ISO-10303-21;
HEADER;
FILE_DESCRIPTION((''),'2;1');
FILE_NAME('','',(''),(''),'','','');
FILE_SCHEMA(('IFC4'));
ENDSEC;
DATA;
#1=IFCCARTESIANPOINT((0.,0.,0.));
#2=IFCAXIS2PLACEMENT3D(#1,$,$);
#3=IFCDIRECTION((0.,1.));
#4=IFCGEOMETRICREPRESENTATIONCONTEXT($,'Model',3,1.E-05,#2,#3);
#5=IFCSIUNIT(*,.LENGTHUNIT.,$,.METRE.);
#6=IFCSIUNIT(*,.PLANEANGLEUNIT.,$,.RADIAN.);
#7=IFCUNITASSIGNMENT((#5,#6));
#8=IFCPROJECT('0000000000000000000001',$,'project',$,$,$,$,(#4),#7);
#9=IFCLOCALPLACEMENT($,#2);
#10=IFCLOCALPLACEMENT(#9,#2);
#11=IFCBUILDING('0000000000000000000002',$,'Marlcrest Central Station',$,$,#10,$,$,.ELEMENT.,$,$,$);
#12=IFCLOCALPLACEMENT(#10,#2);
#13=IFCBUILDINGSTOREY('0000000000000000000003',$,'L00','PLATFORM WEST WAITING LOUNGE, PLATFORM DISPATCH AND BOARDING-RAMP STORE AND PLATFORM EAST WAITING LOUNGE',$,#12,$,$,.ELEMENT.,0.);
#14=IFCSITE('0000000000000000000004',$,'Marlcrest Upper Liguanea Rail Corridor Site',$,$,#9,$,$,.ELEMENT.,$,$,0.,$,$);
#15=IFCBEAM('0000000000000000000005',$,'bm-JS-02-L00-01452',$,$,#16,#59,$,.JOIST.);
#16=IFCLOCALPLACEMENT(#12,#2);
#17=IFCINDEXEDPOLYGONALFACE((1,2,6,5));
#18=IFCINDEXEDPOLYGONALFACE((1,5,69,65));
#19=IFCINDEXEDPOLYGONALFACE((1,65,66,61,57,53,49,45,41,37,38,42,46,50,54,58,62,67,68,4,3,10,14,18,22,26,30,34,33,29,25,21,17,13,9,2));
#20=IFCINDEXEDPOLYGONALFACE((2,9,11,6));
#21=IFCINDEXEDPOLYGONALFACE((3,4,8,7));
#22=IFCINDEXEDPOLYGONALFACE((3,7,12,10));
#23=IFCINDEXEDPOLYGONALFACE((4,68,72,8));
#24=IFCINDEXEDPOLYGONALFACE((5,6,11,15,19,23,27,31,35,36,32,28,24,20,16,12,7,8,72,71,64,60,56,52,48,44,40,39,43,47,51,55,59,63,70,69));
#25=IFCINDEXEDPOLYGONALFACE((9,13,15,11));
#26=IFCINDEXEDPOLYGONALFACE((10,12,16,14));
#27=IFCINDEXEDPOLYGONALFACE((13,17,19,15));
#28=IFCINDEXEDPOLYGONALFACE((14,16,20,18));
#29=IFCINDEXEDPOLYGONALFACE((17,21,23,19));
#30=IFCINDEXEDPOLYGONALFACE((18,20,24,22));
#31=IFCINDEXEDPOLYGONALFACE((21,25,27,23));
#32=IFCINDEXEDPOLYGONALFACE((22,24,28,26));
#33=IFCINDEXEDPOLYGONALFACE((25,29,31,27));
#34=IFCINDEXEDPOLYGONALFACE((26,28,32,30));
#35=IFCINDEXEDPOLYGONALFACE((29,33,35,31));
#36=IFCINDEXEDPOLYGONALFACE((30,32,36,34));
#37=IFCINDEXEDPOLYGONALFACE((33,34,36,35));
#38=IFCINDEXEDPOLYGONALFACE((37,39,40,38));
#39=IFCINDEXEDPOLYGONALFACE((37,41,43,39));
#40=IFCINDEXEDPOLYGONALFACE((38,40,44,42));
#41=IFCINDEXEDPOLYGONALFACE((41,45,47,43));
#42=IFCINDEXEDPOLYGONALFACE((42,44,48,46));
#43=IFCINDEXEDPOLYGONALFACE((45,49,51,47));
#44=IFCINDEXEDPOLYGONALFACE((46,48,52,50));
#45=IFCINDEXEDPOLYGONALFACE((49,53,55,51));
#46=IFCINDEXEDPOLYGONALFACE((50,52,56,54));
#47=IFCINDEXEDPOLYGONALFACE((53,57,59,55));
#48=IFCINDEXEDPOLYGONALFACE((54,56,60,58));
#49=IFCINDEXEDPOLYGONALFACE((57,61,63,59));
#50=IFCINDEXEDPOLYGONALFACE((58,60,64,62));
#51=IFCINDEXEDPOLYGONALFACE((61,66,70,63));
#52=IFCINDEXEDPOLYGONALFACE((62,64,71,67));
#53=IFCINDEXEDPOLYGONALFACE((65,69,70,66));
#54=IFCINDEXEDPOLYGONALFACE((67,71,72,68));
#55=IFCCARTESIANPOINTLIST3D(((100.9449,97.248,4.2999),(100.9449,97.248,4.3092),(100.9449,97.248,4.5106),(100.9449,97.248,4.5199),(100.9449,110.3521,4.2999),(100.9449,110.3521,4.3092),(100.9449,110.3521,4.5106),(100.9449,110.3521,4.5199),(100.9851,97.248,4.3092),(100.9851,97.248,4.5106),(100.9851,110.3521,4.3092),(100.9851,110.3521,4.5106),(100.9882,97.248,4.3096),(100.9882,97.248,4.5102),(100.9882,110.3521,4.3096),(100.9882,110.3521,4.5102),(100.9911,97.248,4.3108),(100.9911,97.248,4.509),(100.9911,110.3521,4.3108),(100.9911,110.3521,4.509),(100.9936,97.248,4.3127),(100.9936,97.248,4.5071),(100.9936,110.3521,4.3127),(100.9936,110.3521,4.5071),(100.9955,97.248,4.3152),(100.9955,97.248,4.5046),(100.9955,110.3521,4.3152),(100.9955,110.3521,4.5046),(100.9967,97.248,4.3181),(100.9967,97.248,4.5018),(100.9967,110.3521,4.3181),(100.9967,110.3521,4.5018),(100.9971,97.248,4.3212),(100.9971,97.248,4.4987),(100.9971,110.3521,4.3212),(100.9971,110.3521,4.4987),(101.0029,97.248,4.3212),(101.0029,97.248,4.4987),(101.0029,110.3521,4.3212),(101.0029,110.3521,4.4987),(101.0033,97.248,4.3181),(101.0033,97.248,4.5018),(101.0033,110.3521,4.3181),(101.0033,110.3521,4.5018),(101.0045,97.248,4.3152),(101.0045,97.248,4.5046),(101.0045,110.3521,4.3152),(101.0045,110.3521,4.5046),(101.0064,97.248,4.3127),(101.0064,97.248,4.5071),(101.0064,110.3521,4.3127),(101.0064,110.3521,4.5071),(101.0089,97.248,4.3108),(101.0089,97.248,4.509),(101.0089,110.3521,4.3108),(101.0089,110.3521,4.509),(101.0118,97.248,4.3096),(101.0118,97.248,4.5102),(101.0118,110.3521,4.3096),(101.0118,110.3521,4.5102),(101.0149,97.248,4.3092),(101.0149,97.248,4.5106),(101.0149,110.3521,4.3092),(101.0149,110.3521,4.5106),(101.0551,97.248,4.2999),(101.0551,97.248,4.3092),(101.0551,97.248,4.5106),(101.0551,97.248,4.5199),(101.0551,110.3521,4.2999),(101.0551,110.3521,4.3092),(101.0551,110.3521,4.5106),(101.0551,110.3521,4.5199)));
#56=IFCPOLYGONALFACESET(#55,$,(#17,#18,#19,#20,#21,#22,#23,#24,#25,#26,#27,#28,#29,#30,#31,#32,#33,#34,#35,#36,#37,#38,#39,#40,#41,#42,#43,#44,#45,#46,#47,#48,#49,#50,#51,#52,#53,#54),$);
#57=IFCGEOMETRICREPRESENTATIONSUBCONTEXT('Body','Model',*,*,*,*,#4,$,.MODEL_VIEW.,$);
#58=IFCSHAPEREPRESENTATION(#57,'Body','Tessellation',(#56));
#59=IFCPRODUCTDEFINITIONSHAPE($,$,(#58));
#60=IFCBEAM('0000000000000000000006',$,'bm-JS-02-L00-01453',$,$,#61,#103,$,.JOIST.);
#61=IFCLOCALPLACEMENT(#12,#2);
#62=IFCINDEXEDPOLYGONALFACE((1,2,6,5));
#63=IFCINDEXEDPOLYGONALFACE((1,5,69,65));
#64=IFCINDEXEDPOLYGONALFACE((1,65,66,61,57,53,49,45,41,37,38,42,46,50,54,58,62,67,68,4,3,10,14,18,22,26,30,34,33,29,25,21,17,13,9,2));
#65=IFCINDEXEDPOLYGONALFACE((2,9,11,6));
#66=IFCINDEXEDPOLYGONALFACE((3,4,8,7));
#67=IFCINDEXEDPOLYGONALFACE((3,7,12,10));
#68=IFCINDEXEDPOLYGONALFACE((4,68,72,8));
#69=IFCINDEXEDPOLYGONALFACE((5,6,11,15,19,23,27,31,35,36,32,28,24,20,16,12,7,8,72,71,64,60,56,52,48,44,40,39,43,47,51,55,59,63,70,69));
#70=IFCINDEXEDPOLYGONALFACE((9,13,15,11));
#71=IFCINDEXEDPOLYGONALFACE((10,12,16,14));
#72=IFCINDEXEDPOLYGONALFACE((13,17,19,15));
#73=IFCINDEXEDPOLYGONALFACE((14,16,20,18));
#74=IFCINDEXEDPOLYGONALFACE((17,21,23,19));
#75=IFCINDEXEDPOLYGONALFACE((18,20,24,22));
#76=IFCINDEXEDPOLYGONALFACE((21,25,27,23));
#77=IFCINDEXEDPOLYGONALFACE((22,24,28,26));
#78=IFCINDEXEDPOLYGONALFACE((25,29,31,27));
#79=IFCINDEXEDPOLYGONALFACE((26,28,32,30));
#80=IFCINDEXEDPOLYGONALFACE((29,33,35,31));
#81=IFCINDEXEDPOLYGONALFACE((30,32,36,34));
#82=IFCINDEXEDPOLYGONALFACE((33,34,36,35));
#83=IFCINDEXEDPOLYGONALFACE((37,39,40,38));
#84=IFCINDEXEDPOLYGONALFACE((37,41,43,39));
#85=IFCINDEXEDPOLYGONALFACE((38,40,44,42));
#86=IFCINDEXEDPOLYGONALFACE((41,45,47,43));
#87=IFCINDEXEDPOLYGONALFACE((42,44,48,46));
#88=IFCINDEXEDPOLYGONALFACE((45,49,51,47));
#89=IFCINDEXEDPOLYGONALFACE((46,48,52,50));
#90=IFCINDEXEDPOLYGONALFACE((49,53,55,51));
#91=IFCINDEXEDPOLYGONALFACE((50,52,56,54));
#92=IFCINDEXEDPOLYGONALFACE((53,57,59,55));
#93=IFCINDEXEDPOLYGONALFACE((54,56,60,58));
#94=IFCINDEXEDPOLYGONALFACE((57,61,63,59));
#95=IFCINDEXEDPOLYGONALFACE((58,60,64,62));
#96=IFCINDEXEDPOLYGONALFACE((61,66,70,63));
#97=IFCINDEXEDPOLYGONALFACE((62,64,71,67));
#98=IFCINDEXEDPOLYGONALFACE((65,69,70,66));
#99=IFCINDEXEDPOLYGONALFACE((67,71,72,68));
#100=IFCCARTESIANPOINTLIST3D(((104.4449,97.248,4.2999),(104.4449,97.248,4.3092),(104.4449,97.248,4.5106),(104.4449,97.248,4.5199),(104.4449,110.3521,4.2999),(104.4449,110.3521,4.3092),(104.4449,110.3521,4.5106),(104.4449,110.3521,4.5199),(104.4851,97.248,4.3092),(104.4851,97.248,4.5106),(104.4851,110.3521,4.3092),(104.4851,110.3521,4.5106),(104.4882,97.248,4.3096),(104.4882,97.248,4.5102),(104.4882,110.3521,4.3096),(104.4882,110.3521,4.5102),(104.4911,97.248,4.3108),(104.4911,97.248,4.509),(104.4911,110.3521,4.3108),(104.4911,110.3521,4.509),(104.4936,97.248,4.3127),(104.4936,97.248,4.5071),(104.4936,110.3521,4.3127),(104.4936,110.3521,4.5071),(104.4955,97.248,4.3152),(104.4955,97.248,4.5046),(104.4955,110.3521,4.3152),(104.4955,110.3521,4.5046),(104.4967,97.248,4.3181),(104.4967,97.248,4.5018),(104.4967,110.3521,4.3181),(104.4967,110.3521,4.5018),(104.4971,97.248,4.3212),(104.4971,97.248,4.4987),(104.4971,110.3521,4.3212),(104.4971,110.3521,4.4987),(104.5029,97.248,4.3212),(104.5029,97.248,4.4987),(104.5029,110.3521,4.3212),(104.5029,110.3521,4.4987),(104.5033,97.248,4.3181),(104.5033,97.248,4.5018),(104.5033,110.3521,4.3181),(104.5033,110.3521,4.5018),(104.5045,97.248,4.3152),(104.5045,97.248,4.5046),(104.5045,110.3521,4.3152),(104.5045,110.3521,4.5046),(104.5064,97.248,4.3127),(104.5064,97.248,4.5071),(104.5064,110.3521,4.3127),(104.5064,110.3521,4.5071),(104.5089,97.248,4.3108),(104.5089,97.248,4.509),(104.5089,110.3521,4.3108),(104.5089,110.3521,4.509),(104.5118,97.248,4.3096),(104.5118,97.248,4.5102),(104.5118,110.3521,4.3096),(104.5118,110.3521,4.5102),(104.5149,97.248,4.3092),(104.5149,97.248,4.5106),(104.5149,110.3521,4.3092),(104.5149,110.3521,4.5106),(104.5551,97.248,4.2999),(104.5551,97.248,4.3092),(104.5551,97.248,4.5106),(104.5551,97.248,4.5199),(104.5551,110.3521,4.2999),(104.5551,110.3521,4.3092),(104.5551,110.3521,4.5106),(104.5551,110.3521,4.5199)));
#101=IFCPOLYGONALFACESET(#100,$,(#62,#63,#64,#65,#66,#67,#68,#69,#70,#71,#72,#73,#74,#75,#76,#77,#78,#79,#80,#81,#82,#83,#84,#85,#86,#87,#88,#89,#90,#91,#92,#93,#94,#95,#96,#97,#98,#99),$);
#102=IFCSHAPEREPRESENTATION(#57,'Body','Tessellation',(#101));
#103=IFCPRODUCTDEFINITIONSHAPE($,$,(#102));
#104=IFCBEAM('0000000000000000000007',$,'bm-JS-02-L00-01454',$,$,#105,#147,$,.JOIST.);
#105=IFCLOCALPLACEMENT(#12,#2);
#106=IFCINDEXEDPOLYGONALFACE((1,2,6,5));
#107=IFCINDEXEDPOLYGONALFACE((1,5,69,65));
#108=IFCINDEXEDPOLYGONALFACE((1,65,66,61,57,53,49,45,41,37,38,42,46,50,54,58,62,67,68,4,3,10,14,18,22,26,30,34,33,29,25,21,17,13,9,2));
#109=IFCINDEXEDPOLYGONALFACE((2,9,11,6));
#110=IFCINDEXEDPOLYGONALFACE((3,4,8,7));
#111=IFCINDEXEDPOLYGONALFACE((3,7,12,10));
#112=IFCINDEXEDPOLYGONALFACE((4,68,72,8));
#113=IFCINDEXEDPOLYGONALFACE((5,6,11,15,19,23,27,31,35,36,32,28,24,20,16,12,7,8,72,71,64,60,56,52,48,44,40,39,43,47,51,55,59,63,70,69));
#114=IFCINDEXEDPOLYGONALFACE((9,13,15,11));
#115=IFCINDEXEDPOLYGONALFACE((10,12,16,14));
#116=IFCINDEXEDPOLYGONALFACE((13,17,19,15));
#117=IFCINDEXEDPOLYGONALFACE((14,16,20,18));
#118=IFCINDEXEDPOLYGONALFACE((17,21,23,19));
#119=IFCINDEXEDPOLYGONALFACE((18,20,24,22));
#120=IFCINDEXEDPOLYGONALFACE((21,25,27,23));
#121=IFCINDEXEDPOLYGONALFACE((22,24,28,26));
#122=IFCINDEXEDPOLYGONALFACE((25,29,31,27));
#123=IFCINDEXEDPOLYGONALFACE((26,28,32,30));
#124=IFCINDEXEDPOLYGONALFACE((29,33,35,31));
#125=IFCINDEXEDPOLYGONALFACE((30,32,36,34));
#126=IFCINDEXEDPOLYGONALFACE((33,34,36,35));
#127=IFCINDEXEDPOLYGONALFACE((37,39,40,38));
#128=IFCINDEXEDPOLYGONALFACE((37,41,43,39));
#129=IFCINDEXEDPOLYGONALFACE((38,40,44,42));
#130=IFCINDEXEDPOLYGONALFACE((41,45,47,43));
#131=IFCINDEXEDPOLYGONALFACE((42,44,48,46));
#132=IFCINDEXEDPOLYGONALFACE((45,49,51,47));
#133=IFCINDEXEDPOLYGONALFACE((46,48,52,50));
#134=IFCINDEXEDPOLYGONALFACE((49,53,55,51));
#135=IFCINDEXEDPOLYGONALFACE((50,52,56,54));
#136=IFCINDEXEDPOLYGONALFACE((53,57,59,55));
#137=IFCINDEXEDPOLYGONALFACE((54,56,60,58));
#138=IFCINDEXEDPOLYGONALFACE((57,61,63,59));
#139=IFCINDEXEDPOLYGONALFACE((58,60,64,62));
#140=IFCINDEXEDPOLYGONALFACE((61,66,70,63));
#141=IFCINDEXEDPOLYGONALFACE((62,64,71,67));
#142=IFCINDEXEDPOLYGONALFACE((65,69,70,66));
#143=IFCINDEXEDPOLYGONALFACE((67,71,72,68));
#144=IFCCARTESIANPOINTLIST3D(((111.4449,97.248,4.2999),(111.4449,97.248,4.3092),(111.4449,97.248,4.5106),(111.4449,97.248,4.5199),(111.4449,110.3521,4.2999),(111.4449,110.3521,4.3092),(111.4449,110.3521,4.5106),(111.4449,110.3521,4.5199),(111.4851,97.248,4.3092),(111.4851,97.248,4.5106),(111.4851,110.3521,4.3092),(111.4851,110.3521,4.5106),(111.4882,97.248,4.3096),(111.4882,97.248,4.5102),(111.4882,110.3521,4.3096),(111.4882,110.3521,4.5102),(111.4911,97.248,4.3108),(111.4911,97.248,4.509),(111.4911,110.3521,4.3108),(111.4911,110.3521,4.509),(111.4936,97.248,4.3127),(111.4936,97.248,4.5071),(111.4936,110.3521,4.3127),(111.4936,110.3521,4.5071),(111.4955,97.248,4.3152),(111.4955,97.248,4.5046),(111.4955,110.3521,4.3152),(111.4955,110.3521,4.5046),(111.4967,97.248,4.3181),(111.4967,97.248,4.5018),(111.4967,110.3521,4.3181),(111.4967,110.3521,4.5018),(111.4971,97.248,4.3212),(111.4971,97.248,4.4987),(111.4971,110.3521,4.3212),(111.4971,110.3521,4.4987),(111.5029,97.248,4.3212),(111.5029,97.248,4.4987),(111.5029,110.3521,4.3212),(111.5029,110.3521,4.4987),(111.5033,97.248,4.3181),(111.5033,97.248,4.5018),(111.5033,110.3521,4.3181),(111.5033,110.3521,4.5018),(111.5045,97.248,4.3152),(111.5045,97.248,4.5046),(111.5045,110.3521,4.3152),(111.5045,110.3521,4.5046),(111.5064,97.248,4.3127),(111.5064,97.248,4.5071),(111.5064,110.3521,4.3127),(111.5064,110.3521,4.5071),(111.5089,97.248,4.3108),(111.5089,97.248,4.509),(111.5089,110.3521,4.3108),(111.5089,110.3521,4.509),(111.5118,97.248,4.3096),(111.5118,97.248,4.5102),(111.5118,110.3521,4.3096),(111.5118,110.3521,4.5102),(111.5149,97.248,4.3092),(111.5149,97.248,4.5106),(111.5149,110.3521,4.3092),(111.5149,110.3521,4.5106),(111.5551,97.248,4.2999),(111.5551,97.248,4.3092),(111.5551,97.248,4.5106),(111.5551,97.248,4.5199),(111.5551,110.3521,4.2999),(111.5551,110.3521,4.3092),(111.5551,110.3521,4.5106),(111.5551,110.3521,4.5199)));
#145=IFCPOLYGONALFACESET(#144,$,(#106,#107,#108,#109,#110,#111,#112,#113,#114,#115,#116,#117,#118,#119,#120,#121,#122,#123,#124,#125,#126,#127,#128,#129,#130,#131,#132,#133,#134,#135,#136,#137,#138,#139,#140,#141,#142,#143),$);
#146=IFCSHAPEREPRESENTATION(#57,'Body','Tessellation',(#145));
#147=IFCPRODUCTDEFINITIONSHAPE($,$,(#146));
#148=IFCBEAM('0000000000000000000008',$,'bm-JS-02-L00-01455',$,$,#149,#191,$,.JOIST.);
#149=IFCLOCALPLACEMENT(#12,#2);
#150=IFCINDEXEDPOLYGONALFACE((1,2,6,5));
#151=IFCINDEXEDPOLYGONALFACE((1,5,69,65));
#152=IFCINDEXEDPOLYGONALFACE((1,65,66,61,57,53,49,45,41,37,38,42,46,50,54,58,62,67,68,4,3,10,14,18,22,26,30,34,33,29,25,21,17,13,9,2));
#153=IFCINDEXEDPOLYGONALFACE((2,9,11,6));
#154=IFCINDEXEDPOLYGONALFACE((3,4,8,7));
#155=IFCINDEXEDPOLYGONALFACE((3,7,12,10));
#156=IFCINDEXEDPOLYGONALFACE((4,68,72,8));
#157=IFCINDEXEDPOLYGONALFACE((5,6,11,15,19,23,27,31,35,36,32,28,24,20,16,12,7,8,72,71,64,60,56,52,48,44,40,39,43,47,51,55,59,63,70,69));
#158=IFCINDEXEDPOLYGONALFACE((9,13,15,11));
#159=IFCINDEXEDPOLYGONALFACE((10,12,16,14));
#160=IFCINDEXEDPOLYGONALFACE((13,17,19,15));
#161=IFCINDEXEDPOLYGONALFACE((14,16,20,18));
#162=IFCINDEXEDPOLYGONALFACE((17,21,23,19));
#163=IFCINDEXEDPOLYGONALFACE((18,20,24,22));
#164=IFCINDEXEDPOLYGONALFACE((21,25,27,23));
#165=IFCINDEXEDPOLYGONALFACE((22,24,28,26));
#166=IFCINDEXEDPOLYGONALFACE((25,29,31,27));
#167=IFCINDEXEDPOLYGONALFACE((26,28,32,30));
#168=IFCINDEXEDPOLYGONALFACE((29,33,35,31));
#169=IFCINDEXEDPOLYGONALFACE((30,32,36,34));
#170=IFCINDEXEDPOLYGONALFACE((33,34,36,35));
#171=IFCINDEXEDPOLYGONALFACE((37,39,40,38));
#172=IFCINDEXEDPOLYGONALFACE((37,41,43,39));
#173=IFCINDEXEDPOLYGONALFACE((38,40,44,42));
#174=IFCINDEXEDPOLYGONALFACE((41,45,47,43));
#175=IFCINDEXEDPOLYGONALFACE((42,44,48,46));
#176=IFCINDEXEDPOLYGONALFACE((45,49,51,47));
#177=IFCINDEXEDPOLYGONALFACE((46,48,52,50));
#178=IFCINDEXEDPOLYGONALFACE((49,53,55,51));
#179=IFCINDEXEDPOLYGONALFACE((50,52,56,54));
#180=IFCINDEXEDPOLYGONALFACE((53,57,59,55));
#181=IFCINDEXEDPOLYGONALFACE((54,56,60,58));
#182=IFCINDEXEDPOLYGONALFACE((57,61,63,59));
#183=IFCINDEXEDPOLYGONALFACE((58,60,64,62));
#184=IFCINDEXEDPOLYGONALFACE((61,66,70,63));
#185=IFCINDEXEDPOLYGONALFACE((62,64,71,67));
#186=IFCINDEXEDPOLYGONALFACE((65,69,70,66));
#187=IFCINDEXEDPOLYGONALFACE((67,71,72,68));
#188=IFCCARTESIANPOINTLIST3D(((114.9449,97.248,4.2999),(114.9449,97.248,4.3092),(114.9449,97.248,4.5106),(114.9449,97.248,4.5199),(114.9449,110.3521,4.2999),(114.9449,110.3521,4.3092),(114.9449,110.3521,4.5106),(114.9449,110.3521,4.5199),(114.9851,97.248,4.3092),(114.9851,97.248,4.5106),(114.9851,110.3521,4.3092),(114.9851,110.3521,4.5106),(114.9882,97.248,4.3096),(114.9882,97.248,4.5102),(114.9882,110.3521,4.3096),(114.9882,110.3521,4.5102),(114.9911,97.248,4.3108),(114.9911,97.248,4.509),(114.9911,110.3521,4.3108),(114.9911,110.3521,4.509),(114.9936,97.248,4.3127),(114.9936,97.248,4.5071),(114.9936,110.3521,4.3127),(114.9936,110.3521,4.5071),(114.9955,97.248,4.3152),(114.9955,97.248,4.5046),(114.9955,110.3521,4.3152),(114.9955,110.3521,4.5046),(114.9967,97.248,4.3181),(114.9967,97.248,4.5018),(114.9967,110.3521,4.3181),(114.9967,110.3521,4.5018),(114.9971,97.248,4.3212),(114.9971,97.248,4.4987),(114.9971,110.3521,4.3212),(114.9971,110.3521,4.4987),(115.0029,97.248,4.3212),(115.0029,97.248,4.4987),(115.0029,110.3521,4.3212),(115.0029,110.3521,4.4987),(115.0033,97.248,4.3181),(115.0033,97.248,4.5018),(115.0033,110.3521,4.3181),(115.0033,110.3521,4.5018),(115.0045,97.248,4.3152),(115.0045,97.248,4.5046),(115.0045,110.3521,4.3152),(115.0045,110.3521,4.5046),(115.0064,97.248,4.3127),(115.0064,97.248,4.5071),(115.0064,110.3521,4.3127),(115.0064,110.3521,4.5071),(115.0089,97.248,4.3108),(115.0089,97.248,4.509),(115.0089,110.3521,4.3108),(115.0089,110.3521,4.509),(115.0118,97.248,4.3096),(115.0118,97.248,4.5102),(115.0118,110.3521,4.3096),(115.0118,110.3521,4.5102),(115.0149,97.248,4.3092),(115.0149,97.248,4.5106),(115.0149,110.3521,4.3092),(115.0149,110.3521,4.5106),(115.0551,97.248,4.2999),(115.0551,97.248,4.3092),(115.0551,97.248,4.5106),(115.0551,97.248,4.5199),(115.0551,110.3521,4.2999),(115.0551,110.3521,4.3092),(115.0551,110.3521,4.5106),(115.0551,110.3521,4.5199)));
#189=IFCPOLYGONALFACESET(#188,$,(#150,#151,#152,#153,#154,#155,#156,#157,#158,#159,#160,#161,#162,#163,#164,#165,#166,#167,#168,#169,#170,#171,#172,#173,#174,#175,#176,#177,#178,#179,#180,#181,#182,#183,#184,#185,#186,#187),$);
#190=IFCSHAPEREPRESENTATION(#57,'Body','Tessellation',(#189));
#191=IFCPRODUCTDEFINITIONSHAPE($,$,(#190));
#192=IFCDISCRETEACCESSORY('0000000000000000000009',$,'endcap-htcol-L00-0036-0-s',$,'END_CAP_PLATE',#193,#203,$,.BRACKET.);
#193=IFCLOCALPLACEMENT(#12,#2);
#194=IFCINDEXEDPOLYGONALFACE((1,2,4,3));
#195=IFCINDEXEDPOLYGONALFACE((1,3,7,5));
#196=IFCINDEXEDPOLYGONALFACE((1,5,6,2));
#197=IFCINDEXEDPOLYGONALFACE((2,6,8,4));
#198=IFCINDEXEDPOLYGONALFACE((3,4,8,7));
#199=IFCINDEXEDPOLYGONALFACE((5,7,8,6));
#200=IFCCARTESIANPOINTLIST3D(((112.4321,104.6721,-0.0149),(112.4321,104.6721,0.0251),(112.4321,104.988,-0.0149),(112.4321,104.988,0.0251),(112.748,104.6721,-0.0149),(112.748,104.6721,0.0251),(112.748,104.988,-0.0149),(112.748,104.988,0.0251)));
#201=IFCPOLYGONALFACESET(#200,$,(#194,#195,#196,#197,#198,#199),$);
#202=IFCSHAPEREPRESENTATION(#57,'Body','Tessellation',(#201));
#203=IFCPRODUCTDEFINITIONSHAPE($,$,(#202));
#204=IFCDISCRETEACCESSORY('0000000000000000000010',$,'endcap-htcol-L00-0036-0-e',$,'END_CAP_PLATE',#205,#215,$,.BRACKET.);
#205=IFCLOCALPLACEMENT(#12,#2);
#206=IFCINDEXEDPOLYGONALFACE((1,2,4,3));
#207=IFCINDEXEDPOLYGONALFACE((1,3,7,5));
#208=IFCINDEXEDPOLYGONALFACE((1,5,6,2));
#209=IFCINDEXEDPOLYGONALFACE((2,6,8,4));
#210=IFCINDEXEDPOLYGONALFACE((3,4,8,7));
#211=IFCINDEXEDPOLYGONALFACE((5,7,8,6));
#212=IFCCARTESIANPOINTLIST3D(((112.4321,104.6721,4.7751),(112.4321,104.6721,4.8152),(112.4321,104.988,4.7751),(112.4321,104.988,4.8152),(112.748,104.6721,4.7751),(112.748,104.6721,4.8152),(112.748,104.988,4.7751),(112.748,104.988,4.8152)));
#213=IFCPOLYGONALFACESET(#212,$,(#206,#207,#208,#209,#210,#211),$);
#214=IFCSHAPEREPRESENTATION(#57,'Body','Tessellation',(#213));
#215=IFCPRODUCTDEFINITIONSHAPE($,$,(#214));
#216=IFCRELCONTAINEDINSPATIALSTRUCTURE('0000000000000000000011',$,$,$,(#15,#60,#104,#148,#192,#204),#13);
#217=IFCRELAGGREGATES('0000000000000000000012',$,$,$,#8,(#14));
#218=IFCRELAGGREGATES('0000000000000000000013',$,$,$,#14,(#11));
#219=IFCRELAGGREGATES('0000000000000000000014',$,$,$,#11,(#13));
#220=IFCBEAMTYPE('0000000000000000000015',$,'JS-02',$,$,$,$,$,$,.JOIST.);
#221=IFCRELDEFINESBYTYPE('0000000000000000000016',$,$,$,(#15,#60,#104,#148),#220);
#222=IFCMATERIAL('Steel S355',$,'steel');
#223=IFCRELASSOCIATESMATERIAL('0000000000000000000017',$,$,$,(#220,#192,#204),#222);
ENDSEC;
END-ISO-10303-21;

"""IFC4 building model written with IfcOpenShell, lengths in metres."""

from ifc_helpers import new_model, si_unit, direction, frame, origin, origin_2d, place, context, subcontext, project, spatial, rectangle, i_section, extrude, material, material_profile, profile_set, type_object, element, save


model = new_model("IFC4")

# Units and contexts
model_context = context("Model", 3, precision=1e-05, world=origin(), true_north=direction((0.0, 1.0)))
body_context = subcontext(model_context, "Body", "Model", "MODEL_VIEW")
ifc_project = project(units=[si_unit("LENGTHUNIT", "METRE"), si_unit("PLANEANGLEUNIT", "RADIAN")], contexts=[model_context])

# Site, building, storey
site_placement = place(None, origin())
site = spatial("IfcSite", under=ifc_project, at=site_placement, Name="Marlcrest Upper Liguanea Rail Corridor Site", CompositionType="ELEMENT", RefElevation=0.0)
building_placement = place(site_placement, origin())
building = spatial("IfcBuilding", under=site, at=building_placement, Name="Marlcrest Central Station", CompositionType="ELEMENT")
storey_placement = place(building_placement, origin())
storey = spatial("IfcBuildingStorey", under=building, at=storey_placement, Name="L00", Description="PLATFORM WEST WAITING LOUNGE, PLATFORM DISPATCH AND BOARDING-RAMP STORE AND PLATFORM EAST WAITING LOUNGE", CompositionType="ELEMENT", Elevation=0.0)

# Shared definitions
ifc_material_1 = material(Name="Steel S355", Category="steel")

# Beams
ifc_material_profile_1 = material_profile(ifc_material_1, i_section(OverallWidth=0.1101, OverallDepth=0.22, WebThickness=0.0059, FlangeThickness=0.0093, FilletRadius=0.012, at=origin_2d()), Name="IPE 220")
ifc_profile_set_1 = profile_set([ifc_material_profile_1], Name="Steel S355")
beam_type_1 = type_object("IfcBeamType", Name="JS-02", PredefinedType="JOIST", material=ifc_profile_set_1)
for number, where, z_axis, x_axis, name in (
    (1, (101.0, 97.248, 4.4099), (0.0, 1.0, 0.0), (-1.0, 0.0, 0.0), "bm-JS-02-L00-01452"),
    (2, (104.5, 97.248, 4.4099), (0.0, 1.0, 0.0), (-1.0, 0.0, 0.0), "bm-JS-02-L00-01453"),
    (3, (111.5, 97.248, 4.4099), (0.0, 1.0, 0.0), (-1.0, 0.0, 0.0), "bm-JS-02-L00-01454"),
    (4, (115.0, 97.248, 4.4099), (0.0, 1.0, 0.0), (-1.0, 0.0, 0.0), "bm-JS-02-L00-01455"),
):
    element("IfcBeam", number, at=place(storey_placement, frame(where, z_axis=z_axis, x_axis=x_axis)), inside=storey, type_object=beam_type_1, Name=name, PredefinedType="JOIST", context=body_context, shape_type="SweptSolid", body=[
        extrude(i_section(OverallWidth=0.1101, OverallDepth=0.22, WebThickness=0.0059, FlangeThickness=0.0093, FilletRadius=0.012, at=origin_2d()), origin(), (0.0, 0.0, 1.0), 13.104),
    ])

# Discrete accessories
for number, where, z_axis, x_axis, name in (
    (5, (112.5901, 104.8301, -0.0149), (0.0, 0.0, 1.0), (1.0, 0.0, 0.0), "endcap-htcol-L00-0036-0-s"),
    (6, (112.5901, 104.8301, 4.7751), (0.0, 0.0, 1.0), (1.0, 0.0, 0.0), "endcap-htcol-L00-0036-0-e"),
):
    element("IfcDiscreteAccessory", number, at=place(storey_placement, frame(where, z_axis=z_axis, x_axis=x_axis)), inside=storey, material=ifc_material_1, Name=name, ObjectType="END_CAP_PLATE", PredefinedType="BRACKET", context=body_context, shape_type="SweptSolid", body=[
        extrude(rectangle(XDim=0.3159, YDim=0.3159, at=origin_2d()), origin(), (0.0, 0.0, 1.0), 0.04),
    ])

save(model, "model.ifc")
